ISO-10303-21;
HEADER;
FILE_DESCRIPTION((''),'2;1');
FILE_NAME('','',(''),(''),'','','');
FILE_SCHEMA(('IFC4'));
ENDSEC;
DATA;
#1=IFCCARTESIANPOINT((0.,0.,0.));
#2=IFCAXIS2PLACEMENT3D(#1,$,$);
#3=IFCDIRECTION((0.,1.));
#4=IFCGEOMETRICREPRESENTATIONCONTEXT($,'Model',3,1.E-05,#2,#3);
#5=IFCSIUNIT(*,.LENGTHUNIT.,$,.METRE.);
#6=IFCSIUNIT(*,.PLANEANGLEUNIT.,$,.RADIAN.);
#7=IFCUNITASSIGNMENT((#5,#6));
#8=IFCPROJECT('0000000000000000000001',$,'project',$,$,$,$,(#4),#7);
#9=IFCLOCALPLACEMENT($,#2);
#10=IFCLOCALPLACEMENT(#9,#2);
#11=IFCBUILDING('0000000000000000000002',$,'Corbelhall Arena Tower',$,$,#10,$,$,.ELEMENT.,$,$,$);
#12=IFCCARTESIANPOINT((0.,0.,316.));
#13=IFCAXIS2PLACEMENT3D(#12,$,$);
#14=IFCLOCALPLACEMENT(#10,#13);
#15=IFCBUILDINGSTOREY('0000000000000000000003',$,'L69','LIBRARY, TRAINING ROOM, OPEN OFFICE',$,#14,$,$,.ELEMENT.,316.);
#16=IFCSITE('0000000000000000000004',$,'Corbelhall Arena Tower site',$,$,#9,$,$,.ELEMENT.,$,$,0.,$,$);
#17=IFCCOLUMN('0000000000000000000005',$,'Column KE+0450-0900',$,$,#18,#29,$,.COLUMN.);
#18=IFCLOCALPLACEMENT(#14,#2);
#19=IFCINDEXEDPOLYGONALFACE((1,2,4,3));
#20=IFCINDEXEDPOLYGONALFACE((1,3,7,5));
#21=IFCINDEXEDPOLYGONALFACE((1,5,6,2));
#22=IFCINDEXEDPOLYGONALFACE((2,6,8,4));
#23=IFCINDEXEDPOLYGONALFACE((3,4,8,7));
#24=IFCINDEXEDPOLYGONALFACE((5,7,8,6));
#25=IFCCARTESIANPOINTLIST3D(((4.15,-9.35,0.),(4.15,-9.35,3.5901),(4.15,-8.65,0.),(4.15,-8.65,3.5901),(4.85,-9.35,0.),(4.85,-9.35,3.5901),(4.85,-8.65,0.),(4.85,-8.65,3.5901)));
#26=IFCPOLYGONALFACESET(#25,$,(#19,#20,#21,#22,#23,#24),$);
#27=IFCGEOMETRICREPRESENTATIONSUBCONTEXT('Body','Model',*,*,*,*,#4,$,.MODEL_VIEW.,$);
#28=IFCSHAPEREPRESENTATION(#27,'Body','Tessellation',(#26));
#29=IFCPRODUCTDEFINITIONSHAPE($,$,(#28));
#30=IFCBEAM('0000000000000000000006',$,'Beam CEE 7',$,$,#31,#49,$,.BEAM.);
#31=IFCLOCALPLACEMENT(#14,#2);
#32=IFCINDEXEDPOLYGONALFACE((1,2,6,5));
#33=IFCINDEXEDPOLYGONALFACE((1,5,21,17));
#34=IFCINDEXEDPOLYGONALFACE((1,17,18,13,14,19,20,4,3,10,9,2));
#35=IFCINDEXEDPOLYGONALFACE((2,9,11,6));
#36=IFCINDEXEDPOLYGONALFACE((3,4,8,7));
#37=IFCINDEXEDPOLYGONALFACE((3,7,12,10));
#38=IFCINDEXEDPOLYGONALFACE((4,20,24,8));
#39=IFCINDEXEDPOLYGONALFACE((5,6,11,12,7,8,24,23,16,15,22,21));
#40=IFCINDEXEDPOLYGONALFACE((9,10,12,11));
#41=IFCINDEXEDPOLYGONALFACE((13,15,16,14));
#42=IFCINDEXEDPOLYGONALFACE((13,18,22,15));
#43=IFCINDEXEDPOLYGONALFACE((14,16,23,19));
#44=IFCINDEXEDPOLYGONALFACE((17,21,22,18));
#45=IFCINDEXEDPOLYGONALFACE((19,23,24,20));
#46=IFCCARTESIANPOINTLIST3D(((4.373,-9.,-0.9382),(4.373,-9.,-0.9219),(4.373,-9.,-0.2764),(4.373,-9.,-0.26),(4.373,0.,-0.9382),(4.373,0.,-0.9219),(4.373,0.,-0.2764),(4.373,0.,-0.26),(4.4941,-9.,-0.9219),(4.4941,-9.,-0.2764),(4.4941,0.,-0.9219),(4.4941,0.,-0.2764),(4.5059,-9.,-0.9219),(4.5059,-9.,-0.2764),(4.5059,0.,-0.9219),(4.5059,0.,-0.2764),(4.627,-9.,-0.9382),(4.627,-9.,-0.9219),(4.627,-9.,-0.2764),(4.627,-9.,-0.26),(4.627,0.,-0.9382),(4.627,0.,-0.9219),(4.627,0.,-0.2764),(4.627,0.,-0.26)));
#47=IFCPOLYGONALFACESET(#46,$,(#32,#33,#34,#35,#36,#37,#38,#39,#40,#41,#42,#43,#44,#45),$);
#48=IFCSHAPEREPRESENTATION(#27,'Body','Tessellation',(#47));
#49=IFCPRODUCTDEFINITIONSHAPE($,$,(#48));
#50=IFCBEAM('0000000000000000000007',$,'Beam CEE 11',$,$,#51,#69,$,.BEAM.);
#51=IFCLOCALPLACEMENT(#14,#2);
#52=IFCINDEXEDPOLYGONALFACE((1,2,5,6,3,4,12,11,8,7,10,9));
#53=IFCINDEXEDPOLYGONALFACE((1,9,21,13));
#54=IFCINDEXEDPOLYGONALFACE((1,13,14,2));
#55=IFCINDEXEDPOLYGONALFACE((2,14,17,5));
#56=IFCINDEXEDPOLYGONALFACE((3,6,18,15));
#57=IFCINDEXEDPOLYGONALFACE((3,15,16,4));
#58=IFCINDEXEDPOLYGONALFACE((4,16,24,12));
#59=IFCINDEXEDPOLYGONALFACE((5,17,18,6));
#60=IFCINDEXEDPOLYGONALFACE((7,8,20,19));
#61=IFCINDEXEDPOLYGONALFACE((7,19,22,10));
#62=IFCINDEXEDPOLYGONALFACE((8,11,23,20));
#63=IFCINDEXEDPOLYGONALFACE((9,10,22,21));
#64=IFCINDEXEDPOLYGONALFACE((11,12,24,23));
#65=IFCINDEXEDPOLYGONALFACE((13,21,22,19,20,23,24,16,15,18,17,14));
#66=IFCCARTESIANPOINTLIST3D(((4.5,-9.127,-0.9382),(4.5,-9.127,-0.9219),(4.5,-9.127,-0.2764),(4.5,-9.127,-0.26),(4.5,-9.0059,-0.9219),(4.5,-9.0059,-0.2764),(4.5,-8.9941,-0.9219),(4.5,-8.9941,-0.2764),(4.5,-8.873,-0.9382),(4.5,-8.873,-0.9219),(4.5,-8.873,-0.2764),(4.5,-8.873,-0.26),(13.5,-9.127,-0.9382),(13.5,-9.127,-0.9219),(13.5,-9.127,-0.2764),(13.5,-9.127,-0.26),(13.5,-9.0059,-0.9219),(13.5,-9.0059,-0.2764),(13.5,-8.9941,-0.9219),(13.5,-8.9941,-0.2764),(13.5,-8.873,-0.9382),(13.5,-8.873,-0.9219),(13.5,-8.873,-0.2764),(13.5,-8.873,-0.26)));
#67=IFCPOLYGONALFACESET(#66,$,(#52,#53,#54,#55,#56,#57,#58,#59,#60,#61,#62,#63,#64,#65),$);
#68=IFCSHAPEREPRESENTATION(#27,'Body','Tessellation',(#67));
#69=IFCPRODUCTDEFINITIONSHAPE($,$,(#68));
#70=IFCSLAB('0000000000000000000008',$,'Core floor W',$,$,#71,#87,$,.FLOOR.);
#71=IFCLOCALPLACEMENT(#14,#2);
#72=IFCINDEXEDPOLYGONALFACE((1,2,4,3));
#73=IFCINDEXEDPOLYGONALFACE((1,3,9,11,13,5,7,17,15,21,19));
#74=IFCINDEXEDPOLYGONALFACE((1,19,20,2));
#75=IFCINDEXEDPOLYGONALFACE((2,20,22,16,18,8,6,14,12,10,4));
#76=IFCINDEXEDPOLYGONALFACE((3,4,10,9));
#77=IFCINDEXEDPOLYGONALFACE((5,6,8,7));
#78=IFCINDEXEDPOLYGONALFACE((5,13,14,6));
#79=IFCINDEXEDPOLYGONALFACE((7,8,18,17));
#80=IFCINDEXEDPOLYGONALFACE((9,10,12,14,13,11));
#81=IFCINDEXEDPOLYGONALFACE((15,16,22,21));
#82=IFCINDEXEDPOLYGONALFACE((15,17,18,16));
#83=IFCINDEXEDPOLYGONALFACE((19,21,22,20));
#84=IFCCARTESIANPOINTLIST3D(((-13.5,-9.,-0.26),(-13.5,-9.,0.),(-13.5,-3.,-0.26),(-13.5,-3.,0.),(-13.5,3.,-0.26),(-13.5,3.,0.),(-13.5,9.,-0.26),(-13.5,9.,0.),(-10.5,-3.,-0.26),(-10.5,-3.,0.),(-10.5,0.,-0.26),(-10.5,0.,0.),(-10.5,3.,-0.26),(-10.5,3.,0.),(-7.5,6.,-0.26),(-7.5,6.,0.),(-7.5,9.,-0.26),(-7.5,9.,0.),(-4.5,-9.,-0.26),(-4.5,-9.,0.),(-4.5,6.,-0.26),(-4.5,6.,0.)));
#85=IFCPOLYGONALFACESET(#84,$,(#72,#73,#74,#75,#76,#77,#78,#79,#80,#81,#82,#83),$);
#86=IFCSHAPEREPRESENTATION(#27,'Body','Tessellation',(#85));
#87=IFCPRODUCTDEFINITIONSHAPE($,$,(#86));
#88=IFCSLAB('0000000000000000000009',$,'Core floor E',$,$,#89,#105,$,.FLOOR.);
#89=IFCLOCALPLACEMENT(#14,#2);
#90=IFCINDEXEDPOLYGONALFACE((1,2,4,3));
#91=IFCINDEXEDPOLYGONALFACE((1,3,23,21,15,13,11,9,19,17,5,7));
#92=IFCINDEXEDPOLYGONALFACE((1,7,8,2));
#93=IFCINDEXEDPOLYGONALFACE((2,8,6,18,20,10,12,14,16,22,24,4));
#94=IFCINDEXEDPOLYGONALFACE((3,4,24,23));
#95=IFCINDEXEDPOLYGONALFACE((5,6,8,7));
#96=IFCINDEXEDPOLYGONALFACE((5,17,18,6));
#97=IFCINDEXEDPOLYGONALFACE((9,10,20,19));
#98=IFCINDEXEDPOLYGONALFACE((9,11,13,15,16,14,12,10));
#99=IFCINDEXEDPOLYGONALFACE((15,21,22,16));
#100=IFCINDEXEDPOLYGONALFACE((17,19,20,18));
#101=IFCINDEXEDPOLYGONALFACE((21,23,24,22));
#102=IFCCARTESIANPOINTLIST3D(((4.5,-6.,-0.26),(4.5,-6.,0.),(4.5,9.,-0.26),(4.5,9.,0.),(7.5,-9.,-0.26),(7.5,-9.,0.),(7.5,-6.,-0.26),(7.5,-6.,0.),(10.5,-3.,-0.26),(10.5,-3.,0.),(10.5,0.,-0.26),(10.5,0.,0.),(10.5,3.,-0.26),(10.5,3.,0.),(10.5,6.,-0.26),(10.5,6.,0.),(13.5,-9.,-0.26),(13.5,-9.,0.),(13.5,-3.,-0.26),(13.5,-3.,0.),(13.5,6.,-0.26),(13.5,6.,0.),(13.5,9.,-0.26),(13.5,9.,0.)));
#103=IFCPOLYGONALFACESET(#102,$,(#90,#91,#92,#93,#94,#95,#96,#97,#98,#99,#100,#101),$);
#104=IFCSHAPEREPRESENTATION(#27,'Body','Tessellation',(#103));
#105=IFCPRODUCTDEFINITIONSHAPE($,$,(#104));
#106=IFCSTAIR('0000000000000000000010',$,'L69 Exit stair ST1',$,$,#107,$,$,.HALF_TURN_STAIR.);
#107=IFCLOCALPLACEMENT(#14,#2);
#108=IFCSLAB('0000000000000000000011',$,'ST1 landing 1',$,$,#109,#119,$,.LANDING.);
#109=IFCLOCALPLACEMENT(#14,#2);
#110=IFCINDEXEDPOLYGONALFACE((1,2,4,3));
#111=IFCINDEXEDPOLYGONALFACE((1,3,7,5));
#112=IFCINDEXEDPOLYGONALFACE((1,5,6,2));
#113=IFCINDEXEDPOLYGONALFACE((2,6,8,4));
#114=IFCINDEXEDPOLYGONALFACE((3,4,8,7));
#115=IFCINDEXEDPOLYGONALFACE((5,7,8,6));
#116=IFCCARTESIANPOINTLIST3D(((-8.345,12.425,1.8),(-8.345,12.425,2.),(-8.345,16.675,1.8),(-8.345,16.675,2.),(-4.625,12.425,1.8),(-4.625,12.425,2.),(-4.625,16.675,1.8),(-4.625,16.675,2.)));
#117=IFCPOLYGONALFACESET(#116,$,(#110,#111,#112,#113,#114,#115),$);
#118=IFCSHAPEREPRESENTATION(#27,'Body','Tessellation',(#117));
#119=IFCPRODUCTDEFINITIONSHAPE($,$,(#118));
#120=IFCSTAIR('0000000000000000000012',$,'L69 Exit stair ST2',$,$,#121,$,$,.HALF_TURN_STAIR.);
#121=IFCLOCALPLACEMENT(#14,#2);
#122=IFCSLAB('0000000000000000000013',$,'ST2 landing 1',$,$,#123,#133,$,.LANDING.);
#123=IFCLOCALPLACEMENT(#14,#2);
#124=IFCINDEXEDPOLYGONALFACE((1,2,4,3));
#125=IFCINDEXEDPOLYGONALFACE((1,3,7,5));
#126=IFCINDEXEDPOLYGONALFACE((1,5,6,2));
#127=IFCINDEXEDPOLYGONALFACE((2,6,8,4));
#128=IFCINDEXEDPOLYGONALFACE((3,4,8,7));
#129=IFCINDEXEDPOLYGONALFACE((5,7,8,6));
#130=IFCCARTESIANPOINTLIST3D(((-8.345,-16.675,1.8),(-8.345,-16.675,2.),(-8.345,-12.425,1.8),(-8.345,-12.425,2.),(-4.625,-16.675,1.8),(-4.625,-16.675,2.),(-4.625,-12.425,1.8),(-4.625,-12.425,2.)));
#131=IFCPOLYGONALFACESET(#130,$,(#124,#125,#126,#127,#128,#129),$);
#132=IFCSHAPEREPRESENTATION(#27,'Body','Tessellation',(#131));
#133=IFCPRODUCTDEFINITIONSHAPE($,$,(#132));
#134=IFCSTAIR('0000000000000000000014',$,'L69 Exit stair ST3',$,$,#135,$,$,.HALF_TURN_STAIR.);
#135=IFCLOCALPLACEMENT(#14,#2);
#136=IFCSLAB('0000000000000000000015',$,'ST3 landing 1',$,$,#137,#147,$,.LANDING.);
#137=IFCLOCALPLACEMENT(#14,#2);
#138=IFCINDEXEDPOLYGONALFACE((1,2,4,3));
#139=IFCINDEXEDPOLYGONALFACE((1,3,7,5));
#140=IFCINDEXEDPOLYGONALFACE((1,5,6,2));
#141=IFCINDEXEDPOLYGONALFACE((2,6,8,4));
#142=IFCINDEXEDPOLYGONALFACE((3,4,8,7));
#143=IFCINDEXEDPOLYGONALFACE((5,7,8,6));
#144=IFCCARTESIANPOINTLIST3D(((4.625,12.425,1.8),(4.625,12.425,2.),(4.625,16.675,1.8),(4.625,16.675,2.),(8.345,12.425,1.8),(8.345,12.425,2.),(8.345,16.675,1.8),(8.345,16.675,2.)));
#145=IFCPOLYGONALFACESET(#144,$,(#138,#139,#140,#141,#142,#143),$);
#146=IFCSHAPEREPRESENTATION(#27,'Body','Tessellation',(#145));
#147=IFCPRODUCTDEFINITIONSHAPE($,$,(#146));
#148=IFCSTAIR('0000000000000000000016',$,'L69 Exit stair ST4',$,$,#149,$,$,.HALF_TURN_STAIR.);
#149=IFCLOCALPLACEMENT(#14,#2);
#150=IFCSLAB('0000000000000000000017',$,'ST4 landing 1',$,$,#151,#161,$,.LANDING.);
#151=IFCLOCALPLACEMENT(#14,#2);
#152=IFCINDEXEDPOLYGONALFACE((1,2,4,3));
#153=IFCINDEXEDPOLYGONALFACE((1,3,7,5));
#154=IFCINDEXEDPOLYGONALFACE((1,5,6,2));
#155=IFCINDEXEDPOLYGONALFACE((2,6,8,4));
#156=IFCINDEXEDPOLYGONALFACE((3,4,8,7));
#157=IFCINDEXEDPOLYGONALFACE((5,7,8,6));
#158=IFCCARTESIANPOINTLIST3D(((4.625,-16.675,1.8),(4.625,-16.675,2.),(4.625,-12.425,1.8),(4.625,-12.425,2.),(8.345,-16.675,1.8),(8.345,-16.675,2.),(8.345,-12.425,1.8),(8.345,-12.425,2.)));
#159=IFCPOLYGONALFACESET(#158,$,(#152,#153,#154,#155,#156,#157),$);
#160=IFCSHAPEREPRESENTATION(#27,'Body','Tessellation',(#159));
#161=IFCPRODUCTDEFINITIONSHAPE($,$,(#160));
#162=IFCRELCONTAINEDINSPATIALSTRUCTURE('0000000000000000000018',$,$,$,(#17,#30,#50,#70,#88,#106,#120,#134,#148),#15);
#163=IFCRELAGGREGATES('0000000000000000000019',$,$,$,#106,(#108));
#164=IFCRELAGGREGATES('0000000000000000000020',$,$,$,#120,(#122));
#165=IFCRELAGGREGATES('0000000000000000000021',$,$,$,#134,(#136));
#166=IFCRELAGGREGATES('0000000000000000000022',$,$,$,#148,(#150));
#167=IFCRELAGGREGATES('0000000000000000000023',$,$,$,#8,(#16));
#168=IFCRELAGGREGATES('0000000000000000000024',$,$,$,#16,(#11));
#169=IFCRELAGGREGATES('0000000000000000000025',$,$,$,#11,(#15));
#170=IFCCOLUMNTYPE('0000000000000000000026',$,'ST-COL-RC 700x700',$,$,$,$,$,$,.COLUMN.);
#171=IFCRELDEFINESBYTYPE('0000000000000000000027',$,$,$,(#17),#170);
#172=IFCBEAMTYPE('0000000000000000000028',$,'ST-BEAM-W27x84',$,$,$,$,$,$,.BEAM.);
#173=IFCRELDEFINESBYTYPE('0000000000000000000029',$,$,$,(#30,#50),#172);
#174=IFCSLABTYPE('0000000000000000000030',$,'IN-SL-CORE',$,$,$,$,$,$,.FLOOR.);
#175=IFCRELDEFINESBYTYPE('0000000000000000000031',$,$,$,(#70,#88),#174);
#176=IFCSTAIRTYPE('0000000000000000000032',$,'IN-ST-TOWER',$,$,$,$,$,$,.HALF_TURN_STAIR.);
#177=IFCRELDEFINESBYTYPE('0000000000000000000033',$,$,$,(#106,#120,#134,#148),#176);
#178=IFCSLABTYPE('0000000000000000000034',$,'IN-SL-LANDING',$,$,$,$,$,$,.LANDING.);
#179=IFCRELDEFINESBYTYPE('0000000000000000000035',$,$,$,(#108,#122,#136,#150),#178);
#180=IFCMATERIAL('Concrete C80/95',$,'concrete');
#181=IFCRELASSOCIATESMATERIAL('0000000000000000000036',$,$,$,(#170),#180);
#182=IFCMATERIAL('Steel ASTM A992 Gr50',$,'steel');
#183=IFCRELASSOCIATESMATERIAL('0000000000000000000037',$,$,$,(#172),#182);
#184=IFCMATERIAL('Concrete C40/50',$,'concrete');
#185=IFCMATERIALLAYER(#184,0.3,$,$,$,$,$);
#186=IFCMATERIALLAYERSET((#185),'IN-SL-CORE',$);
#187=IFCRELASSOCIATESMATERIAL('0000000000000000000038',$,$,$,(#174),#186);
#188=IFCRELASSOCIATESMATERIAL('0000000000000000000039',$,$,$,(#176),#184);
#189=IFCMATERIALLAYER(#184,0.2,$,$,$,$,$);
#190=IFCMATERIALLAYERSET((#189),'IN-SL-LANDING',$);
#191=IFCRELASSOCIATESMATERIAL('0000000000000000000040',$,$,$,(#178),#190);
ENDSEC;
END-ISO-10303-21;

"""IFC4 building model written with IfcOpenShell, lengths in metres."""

from ifc_helpers import new_model, si_unit, direction, frame, origin, origin_2d, place, context, subcontext, project, spatial, polyline, rectangle, i_section, outline, extrude, material, layer, layer_set, material_profile, profile_set, type_object, element, aggregate, save


model = new_model("IFC4")

# Units and contexts
model_context = context("Model", 3, precision=1e-05, world=origin(), true_north=direction((0.0, 1.0)))
body_context = subcontext(model_context, "Body", "Model", "MODEL_VIEW")
ifc_project = project(units=[si_unit("LENGTHUNIT", "METRE"), si_unit("PLANEANGLEUNIT", "RADIAN")], contexts=[model_context])

# Site, building, storey
site_placement = place(None, origin())
site = spatial("IfcSite", under=ifc_project, at=site_placement, Name="Corbelhall Arena Tower site", CompositionType="ELEMENT", RefElevation=0.0)
building_placement = place(site_placement, origin())
building = spatial("IfcBuilding", under=site, at=building_placement, Name="Corbelhall Arena Tower", CompositionType="ELEMENT")
storey_placement = place(building_placement, frame((0.0, 0.0, 316.0)))
storey = spatial("IfcBuildingStorey", under=building, at=storey_placement, Name="L69", Description="LIBRARY, TRAINING ROOM, OPEN OFFICE", CompositionType="ELEMENT", Elevation=316.0)

# Column
ifc_material_1 = material(Name="Concrete C80/95", Category="concrete")
ifc_material_profile_1 = material_profile(ifc_material_1, rectangle(XDim=0.7, YDim=0.7, at=origin_2d()))
ifc_profile_set_1 = profile_set([ifc_material_profile_1], Name="Concrete C80/95")
column_type = type_object("IfcColumnType", Name="ST-COL-RC 700x700", PredefinedType="COLUMN", material=ifc_profile_set_1)
column_placement = place(storey_placement, frame((4.5, -9.0, 0.0), z_axis=(0.0, 0.0, 1.0), x_axis=(1.0, 0.0, 0.0)))
element("IfcColumn", 1, at=column_placement, inside=storey, type_object=column_type, Name="Column KE+0450-0900", PredefinedType="COLUMN", context=body_context, shape_type="SweptSolid", body=[
    extrude(rectangle(XDim=0.7, YDim=0.7, at=origin_2d()), origin(), (0.0, 0.0, 1.0), 3.5901),
])

# Beams
ifc_material_2 = material(Name="Steel ASTM A992 Gr50", Category="steel")
ifc_material_profile_2 = material_profile(ifc_material_2, i_section(OverallWidth=0.2539, OverallDepth=0.6782, WebThickness=0.0117, FlangeThickness=0.0164, at=origin_2d()))
ifc_profile_set_2 = profile_set([ifc_material_profile_2], Name="Steel ASTM A992 Gr50")
beam_type = type_object("IfcBeamType", Name="ST-BEAM-W27x84", PredefinedType="BEAM", material=ifc_profile_set_2)
for number, where, z_axis, x_axis, name in (
    (2, (4.5, -9.0, -0.5991), (0.0, 1.0, 0.0), (-1.0, 0.0, 0.0), "Beam CEE 7"),
    (3, (4.5, -9.0, -0.5991), (1.0, 0.0, 0.0), (0.0, 1.0, 0.0), "Beam CEE 11"),
):
    element("IfcBeam", number, at=place(storey_placement, frame(where, z_axis=z_axis, x_axis=x_axis)), inside=storey, type_object=beam_type, Name=name, PredefinedType="BEAM", context=body_context, shape_type="SweptSolid", body=[
        extrude(i_section(OverallWidth=0.2539, OverallDepth=0.6782, WebThickness=0.0117, FlangeThickness=0.0164, at=origin_2d()), origin(), (0.0, 0.0, 1.0), 9.0),
    ])

# Slabs
ifc_material_3 = material(Name="Concrete C40/50", Category="concrete")
ifc_layer_1 = layer(ifc_material_3, 0.3)
ifc_layer_set_1 = layer_set([ifc_layer_1], Name="IN-SL-CORE")
slab_type_1 = type_object("IfcSlabType", Name="IN-SL-CORE", PredefinedType="FLOOR", material=ifc_layer_set_1)
slab_1_placement = place(storey_placement, frame((0.0, 0.0, -0.26)))
element("IfcSlab", 4, at=slab_1_placement, inside=storey, type_object=slab_type_1, Name="Core floor W", PredefinedType="FLOOR", context=body_context, shape_type="SweptSolid", body=[
    extrude(outline(polyline([(-13.5, -3.0), (-13.5, -9.0), (-4.5, -9.0), (-4.5, 6.0), (-7.5, 6.0), (-7.5, 9.0), (-13.5, 9.0), (-13.5, 3.0), (-10.5, 3.0), (-10.5, 0.0), (-10.5, -3.0), (-13.5, -3.0)])), origin(), (0.0, 0.0, 1.0), 0.26),
])
slab_2_placement = place(storey_placement, frame((0.0, 0.0, -0.26)))
element("IfcSlab", 5, at=slab_2_placement, inside=storey, type_object=slab_type_1, Name="Core floor E", PredefinedType="FLOOR", context=body_context, shape_type="SweptSolid", body=[
    extrude(outline(polyline([(10.5, 0.0), (10.5, 3.0), (10.5, 6.0), (13.5, 6.0), (13.5, 9.0), (4.5, 9.0), (4.5, -6.0), (7.5, -6.0), (7.5, -9.0), (13.5, -9.0), (13.5, -3.0), (10.5, -3.0), (10.5, 0.0)])), origin(), (0.0, 0.0, 1.0), 0.26),
])

# Stairs, slabs
stair_type = type_object("IfcStairType", Name="IN-ST-TOWER", PredefinedType="HALF_TURN_STAIR", material=ifc_material_3)
stair_1_placement = place(storey_placement, origin())
stair_1 = element("IfcStair", 6, at=stair_1_placement, inside=storey, type_object=stair_type, Name="L69 Exit stair ST1", PredefinedType="HALF_TURN_STAIR")
ifc_layer_2 = layer(ifc_material_3, 0.2)
ifc_layer_set_2 = layer_set([ifc_layer_2], Name="IN-SL-LANDING")
slab_type_2 = type_object("IfcSlabType", Name="IN-SL-LANDING", PredefinedType="LANDING", material=ifc_layer_set_2)
slab_3_placement = place(storey_placement, frame((0.0, 0.0, 1.8)))
slab_3 = element("IfcSlab", 7, at=slab_3_placement, type_object=slab_type_2, Name="ST1 landing 1", PredefinedType="LANDING", context=body_context, shape_type="SweptSolid", body=[
    extrude(outline(polyline([(-8.345, 12.425), (-4.625, 12.425), (-4.625, 16.675), (-8.345, 16.675), (-8.345, 12.425)])), origin(), (0.0, 0.0, 1.0), 0.2),
])
aggregate(stair_1, [slab_3])
stair_2_placement = place(storey_placement, origin())
stair_2 = element("IfcStair", 8, at=stair_2_placement, inside=storey, type_object=stair_type, Name="L69 Exit stair ST2", PredefinedType="HALF_TURN_STAIR")
slab_4_placement = place(storey_placement, frame((0.0, 0.0, 1.8)))
slab_4 = element("IfcSlab", 9, at=slab_4_placement, type_object=slab_type_2, Name="ST2 landing 1", PredefinedType="LANDING", context=body_context, shape_type="SweptSolid", body=[
    extrude(outline(polyline([(-8.345, -16.675), (-4.625, -16.675), (-4.625, -12.425), (-8.345, -12.425), (-8.345, -16.675)])), origin(), (0.0, 0.0, 1.0), 0.2),
])
aggregate(stair_2, [slab_4])
stair_3_placement = place(storey_placement, origin())
stair_3 = element("IfcStair", 10, at=stair_3_placement, inside=storey, type_object=stair_type, Name="L69 Exit stair ST3", PredefinedType="HALF_TURN_STAIR")
slab_5_placement = place(storey_placement, frame((0.0, 0.0, 1.8)))
slab_5 = element("IfcSlab", 11, at=slab_5_placement, type_object=slab_type_2, Name="ST3 landing 1", PredefinedType="LANDING", context=body_context, shape_type="SweptSolid", body=[
    extrude(outline(polyline([(8.345, 16.675), (4.625, 16.675), (4.625, 12.425), (8.345, 12.425), (8.345, 16.675)])), origin(), (0.0, 0.0, 1.0), 0.2),
])
aggregate(stair_3, [slab_5])
stair_4_placement = place(storey_placement, origin())
stair_4 = element("IfcStair", 12, at=stair_4_placement, inside=storey, type_object=stair_type, Name="L69 Exit stair ST4", PredefinedType="HALF_TURN_STAIR")
slab_6_placement = place(storey_placement, frame((0.0, 0.0, 1.8)))
slab_6 = element("IfcSlab", 13, at=slab_6_placement, type_object=slab_type_2, Name="ST4 landing 1", PredefinedType="LANDING", context=body_context, shape_type="SweptSolid", body=[
    extrude(outline(polyline([(8.345, -12.425), (4.625, -12.425), (4.625, -16.675), (8.345, -16.675), (8.345, -12.425)])), origin(), (0.0, 0.0, 1.0), 0.2),
])
aggregate(stair_4, [slab_6])

save(model, "model.ifc")
